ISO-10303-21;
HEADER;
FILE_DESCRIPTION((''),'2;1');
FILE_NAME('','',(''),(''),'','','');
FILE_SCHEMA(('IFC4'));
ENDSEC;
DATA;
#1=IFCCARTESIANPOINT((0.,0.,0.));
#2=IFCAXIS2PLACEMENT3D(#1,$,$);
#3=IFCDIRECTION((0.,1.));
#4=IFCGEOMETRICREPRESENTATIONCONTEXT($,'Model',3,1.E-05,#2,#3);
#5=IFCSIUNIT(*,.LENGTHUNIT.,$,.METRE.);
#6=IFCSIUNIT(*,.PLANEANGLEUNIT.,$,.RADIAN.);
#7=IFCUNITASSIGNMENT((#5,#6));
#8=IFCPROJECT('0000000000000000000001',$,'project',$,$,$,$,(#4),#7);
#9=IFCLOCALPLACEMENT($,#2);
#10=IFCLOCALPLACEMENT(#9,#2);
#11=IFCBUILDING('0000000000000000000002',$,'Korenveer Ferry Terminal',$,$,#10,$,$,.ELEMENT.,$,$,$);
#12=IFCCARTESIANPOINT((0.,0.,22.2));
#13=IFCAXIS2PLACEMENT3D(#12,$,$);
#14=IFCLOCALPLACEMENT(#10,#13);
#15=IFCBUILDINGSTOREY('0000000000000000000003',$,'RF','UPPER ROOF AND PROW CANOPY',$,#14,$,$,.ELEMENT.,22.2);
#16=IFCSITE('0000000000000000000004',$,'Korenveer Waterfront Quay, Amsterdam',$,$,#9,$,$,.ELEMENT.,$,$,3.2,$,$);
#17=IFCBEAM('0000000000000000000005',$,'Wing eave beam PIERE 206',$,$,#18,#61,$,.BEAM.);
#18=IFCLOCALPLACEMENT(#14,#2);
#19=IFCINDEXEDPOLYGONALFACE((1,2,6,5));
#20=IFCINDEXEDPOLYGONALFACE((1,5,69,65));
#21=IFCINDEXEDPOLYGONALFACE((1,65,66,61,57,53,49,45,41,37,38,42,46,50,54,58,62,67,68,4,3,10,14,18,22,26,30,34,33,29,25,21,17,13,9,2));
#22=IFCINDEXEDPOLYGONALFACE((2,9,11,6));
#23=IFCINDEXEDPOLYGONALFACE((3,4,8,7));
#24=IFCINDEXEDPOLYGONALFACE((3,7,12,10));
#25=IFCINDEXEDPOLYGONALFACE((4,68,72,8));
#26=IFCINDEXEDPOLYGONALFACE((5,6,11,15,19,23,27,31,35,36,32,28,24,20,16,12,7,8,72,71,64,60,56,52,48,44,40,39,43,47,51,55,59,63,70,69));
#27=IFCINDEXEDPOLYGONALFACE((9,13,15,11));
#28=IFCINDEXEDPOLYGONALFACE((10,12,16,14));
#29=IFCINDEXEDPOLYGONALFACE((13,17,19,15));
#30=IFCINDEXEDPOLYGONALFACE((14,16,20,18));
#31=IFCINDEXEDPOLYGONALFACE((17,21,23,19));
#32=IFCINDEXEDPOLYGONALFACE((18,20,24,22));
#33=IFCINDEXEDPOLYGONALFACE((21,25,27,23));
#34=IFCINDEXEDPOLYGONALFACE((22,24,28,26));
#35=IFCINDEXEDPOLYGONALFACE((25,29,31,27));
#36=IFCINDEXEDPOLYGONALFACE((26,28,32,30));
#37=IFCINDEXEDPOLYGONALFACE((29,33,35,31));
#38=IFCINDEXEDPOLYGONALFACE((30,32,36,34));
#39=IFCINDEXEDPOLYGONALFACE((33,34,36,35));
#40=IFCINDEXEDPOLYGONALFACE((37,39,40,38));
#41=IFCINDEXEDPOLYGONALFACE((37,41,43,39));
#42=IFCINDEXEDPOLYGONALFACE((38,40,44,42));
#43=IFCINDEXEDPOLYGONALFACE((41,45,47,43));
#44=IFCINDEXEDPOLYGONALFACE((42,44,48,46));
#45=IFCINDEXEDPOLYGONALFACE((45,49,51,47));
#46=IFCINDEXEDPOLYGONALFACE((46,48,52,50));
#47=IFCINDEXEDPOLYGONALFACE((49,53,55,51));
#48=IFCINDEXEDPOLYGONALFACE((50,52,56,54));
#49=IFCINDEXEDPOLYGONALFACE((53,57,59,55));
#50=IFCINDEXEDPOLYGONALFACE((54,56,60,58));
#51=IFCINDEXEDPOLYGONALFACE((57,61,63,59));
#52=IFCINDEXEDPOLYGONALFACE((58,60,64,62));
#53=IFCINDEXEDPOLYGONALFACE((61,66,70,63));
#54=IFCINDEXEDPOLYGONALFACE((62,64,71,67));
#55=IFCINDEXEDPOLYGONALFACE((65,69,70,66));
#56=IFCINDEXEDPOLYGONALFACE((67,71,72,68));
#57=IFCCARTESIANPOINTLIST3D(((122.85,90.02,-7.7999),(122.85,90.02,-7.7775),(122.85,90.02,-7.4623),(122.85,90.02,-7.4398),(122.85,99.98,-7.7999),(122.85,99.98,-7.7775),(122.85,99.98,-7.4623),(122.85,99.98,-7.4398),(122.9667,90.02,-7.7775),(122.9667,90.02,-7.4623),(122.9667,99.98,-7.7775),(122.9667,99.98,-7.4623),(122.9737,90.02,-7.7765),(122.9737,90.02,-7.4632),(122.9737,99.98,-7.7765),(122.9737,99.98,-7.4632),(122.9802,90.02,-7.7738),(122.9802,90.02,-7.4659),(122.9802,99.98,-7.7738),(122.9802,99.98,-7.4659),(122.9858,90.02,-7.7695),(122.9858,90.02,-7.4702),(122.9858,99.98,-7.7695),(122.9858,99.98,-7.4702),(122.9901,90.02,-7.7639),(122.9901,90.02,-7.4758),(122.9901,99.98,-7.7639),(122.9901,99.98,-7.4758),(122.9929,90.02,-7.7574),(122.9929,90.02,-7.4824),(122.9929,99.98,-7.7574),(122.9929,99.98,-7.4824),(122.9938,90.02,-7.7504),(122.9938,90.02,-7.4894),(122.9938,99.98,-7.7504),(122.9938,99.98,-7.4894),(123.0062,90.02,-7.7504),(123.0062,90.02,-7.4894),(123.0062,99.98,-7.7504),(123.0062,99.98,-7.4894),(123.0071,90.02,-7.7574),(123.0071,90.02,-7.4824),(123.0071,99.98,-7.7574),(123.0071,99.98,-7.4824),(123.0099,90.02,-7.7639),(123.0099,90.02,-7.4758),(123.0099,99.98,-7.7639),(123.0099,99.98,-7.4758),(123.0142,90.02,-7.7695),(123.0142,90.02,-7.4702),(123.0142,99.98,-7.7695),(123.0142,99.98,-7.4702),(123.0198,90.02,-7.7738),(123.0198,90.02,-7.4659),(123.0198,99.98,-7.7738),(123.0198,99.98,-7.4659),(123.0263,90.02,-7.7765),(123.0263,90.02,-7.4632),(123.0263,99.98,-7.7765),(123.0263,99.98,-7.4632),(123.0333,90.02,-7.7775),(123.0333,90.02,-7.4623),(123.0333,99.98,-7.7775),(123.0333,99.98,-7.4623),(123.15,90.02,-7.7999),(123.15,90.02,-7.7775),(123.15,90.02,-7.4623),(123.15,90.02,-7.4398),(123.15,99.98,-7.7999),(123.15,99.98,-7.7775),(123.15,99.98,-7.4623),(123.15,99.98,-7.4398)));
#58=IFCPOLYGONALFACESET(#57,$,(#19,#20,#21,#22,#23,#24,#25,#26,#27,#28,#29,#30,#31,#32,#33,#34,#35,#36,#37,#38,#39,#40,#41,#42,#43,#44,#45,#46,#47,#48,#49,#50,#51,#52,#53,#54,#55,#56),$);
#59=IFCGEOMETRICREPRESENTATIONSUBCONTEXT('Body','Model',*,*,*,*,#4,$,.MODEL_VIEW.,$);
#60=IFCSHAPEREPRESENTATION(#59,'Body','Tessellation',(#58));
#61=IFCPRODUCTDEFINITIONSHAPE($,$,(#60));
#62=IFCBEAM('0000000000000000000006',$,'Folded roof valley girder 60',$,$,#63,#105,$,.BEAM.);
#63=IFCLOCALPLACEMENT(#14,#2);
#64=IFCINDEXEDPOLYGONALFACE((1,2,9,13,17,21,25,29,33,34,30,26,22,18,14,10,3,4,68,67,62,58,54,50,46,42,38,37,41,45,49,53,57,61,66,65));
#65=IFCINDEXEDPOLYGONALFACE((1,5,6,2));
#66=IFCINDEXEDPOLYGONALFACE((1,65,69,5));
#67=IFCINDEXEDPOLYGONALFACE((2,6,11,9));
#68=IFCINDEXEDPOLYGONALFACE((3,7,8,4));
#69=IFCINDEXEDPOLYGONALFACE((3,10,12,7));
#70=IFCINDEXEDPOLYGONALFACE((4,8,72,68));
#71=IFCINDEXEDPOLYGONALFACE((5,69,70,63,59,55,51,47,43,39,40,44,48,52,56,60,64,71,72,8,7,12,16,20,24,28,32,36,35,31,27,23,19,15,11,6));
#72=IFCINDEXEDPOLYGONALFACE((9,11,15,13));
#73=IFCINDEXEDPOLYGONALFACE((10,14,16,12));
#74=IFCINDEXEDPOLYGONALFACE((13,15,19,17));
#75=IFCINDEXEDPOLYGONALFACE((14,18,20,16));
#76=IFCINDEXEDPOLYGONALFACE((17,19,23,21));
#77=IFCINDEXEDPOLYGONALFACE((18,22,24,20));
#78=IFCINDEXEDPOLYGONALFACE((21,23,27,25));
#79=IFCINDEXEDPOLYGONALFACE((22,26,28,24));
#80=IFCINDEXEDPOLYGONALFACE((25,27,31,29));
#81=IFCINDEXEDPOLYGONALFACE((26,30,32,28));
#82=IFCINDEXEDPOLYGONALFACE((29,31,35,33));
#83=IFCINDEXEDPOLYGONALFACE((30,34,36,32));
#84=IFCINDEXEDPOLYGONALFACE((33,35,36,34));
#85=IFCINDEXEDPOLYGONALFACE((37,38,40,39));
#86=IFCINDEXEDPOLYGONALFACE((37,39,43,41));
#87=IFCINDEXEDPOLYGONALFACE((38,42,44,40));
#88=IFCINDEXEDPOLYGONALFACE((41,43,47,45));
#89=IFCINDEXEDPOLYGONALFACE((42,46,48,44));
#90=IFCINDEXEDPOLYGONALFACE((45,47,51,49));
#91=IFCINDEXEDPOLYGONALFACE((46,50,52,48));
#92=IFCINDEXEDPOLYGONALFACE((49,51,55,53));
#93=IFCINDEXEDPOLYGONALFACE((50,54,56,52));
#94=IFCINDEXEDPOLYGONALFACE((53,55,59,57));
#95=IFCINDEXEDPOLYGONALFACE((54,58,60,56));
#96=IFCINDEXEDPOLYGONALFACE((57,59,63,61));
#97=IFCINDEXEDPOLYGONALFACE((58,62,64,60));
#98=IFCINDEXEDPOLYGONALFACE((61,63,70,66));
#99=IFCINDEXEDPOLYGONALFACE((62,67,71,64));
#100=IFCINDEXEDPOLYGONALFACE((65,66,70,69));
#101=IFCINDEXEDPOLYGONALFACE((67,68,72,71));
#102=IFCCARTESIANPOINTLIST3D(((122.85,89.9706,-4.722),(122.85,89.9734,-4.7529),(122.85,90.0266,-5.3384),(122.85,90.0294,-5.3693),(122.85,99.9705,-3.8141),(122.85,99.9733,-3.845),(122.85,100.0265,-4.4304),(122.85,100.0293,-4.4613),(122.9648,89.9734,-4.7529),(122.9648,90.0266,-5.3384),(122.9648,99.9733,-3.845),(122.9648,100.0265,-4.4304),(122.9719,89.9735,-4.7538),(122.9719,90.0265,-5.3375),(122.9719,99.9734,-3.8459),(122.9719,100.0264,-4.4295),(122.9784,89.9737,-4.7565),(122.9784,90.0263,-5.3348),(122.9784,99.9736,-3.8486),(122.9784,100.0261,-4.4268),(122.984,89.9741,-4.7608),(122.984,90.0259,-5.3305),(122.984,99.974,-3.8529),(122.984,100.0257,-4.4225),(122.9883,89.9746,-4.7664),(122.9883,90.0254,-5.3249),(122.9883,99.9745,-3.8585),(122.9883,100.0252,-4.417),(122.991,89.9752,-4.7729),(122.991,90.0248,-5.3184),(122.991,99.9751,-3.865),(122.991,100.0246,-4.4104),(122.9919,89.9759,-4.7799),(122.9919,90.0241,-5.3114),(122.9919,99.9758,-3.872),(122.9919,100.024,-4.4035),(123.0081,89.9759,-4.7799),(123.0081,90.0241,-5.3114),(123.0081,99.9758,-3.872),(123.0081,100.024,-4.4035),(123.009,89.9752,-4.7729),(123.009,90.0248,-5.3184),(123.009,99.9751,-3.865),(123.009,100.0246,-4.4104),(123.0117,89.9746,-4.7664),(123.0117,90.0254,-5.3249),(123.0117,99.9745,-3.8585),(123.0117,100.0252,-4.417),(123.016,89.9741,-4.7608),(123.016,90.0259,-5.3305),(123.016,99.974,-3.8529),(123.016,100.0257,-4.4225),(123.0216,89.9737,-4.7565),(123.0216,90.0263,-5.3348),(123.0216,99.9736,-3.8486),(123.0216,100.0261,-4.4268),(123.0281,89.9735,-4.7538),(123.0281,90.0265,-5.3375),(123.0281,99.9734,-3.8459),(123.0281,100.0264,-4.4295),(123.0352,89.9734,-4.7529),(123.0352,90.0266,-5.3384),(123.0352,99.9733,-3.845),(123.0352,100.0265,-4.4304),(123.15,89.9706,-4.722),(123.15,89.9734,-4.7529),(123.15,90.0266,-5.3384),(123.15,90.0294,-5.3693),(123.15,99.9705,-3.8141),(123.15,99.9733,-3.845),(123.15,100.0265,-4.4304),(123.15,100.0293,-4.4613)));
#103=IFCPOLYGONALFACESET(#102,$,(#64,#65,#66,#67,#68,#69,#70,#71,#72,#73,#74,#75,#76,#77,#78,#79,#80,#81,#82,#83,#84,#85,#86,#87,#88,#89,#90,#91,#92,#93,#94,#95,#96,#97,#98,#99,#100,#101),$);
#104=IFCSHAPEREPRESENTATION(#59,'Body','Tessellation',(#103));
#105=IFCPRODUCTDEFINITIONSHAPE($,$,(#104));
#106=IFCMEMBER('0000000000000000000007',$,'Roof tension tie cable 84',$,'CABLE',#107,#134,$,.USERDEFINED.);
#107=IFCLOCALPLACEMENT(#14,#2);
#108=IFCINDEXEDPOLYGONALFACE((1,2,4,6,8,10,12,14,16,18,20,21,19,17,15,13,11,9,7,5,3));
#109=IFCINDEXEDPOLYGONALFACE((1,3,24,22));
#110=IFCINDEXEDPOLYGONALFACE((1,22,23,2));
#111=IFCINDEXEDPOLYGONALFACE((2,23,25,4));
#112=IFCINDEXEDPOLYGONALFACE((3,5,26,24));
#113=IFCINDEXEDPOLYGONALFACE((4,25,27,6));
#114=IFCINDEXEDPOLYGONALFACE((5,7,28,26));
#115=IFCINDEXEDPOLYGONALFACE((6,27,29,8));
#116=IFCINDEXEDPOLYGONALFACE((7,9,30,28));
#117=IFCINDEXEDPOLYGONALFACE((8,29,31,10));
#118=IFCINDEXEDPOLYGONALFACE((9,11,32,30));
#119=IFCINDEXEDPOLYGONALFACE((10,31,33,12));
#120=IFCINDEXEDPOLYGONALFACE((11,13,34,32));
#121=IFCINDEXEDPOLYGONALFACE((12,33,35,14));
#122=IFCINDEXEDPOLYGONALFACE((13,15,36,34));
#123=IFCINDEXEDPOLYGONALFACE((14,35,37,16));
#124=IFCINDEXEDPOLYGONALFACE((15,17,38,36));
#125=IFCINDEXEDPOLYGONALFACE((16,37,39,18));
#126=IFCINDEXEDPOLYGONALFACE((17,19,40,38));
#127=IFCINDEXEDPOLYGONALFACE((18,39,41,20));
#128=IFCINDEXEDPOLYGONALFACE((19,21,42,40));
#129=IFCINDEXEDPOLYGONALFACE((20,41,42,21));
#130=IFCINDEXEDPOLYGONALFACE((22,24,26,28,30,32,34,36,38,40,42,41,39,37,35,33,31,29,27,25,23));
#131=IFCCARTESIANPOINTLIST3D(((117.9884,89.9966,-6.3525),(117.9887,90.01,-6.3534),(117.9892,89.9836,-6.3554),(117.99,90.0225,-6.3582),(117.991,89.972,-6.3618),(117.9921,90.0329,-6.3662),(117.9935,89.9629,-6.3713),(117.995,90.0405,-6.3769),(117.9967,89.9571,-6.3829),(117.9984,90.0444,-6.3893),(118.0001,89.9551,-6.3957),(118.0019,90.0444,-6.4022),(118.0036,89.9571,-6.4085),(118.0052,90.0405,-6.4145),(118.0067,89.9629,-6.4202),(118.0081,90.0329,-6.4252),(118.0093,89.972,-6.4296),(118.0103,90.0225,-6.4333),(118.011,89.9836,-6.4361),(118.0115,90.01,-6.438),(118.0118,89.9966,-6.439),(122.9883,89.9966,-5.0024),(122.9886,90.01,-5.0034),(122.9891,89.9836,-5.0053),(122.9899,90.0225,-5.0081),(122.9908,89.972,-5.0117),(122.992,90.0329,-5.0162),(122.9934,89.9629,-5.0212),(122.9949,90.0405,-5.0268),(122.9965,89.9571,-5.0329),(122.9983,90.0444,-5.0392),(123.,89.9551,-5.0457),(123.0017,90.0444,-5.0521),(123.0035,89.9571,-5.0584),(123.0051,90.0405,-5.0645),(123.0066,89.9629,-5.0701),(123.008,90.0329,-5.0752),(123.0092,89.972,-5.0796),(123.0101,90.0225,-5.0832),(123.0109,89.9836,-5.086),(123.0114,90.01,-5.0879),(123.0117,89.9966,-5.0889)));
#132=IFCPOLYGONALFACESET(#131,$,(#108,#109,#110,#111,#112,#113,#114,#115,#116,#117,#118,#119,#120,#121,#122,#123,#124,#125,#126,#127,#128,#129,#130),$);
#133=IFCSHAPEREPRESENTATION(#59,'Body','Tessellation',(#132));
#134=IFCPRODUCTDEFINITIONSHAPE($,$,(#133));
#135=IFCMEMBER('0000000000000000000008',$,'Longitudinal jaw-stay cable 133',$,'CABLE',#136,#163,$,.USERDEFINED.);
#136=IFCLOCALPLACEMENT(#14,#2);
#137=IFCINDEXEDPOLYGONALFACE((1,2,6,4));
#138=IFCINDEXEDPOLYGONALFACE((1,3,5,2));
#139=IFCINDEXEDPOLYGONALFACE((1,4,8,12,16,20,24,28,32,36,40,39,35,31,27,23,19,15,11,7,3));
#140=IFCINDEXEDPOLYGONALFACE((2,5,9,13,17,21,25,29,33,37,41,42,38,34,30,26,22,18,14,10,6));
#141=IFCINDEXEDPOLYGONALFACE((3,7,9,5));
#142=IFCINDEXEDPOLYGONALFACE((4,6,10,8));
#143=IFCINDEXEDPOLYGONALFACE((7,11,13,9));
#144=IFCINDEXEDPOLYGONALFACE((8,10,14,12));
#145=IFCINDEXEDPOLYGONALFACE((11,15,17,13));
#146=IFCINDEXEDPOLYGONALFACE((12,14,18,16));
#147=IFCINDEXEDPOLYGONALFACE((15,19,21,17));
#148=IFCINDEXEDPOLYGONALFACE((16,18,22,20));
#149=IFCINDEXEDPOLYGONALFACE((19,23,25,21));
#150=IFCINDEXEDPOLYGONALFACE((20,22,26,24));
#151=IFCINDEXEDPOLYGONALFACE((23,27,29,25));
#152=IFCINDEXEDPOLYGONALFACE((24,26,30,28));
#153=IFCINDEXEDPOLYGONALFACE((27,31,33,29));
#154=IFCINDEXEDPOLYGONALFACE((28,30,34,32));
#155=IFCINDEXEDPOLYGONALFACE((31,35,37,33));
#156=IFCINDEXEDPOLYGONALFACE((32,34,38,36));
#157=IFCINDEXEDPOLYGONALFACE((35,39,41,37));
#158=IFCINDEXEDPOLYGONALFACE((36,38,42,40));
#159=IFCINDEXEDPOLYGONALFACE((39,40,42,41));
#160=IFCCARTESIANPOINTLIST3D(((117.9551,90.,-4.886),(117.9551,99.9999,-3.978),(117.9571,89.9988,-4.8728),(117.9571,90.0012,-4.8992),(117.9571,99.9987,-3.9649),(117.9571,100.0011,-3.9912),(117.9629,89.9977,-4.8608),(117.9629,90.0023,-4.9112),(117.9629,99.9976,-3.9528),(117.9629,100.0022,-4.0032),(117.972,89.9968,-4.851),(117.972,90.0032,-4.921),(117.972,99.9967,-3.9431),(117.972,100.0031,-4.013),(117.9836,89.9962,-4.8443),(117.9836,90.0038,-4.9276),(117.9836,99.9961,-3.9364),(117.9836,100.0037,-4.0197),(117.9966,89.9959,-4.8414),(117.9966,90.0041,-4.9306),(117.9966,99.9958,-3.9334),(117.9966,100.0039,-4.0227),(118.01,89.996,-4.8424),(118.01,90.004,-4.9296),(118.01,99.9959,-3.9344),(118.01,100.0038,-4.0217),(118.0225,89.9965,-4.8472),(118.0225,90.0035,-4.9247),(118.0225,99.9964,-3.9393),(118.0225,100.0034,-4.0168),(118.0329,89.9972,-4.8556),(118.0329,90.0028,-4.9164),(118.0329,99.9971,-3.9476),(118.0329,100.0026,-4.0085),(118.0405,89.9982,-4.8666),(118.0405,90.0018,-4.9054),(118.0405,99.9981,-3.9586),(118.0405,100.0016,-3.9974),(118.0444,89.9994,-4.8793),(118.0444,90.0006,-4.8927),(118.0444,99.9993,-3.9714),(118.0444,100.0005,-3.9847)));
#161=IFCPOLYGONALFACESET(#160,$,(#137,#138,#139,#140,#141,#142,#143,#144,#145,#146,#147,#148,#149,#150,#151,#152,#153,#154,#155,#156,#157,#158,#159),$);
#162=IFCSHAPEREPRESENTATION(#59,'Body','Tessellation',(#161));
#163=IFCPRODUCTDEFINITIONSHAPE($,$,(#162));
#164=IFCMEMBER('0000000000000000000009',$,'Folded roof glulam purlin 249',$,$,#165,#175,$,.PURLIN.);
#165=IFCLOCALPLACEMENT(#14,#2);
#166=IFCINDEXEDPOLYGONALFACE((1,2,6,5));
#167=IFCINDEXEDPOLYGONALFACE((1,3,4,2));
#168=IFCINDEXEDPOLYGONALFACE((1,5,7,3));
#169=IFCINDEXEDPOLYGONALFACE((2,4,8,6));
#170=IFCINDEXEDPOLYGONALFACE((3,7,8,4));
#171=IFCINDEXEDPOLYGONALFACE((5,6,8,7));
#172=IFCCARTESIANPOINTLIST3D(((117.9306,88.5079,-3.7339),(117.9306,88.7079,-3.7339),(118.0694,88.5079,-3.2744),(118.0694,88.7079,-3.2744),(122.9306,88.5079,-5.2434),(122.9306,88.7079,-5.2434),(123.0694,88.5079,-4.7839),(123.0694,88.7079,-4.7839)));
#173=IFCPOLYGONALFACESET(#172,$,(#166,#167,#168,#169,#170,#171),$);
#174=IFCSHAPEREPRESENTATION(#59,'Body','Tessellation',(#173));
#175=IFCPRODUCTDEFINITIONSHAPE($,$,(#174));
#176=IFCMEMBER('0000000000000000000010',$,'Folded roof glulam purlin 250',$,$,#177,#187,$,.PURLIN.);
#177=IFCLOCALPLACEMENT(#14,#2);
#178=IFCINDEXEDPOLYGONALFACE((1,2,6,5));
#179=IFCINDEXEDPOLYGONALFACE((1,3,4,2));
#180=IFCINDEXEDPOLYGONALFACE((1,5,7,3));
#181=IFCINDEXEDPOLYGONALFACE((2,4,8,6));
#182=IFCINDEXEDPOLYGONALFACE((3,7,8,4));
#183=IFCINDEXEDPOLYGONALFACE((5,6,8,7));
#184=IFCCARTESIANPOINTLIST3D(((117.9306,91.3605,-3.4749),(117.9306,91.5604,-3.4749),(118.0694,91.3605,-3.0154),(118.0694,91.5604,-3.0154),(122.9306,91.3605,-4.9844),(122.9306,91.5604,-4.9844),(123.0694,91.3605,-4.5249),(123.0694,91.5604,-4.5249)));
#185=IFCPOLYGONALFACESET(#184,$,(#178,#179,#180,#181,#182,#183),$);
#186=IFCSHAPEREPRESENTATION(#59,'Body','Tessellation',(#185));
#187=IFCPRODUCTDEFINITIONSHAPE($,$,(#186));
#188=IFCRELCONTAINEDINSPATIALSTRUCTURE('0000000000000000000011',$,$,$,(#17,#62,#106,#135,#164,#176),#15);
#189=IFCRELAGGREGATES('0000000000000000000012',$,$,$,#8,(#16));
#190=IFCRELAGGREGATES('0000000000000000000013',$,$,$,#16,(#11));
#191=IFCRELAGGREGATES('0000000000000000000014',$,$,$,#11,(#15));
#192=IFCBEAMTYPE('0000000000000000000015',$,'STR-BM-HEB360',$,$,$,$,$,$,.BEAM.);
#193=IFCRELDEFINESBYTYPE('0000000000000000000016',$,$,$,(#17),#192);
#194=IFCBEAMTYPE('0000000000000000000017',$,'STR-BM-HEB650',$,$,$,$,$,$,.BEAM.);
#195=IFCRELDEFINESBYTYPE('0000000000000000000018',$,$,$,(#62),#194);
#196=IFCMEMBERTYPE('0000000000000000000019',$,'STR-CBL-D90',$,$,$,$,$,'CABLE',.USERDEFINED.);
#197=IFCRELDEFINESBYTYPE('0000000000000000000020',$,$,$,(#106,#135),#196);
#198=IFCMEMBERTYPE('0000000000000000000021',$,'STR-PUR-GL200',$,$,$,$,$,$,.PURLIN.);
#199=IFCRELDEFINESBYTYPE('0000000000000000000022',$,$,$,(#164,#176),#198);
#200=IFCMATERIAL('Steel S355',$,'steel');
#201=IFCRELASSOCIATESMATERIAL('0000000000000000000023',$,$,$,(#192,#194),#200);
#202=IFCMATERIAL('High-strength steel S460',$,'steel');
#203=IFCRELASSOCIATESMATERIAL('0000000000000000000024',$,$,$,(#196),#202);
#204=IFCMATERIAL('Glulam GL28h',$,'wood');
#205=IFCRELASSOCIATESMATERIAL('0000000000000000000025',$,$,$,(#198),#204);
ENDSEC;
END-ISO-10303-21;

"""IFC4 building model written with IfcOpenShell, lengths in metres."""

from ifc_helpers import new_model, si_unit, direction, frame, origin, origin_2d, place, context, subcontext, project, spatial, rectangle, circle, i_section, extrude, material, material_profile, profile_set, type_object, element, save


model = new_model("IFC4")

# Units and contexts
model_context = context("Model", 3, precision=1e-05, world=origin(), true_north=direction((0.0, 1.0)))
body_context = subcontext(model_context, "Body", "Model", "MODEL_VIEW")
ifc_project = project(units=[si_unit("LENGTHUNIT", "METRE"), si_unit("PLANEANGLEUNIT", "RADIAN")], contexts=[model_context])

# Site, building, storey
site_placement = place(None, origin())
site = spatial("IfcSite", under=ifc_project, at=site_placement, Name="Korenveer Waterfront Quay, Amsterdam", CompositionType="ELEMENT", RefElevation=3.2)
building_placement = place(site_placement, origin())
building = spatial("IfcBuilding", under=site, at=building_placement, Name="Korenveer Ferry Terminal", CompositionType="ELEMENT")
storey_placement = place(building_placement, frame((0.0, 0.0, 22.2)))
storey = spatial("IfcBuildingStorey", under=building, at=storey_placement, Name="RF", Description="UPPER ROOF AND PROW CANOPY", CompositionType="ELEMENT", Elevation=22.2)

# Beams
ifc_material_1 = material(Name="Steel S355", Category="steel")
ifc_material_profile_1 = material_profile(ifc_material_1, i_section(OverallWidth=0.3, OverallDepth=0.3601, WebThickness=0.0125, FlangeThickness=0.0225, FilletRadius=0.0271, at=origin_2d()), Name="HEB 360")
ifc_profile_set_1 = profile_set([ifc_material_profile_1], Name="Steel S355")
beam_type_1 = type_object("IfcBeamType", Name="STR-BM-HEB360", PredefinedType="BEAM", material=ifc_profile_set_1)
beam_1_placement = place(storey_placement, frame((123.0, 90.02, -7.6199), z_axis=(0.0, 1.0, 0.0), x_axis=(-1.0, 0.0, 0.0)))
element("IfcBeam", 1, at=beam_1_placement, inside=storey, type_object=beam_type_1, Name="Wing eave beam PIERE 206", PredefinedType="BEAM", context=body_context, shape_type="SweptSolid", body=[
    extrude(i_section(OverallWidth=0.3, OverallDepth=0.3601, WebThickness=0.0125, FlangeThickness=0.0225, FilletRadius=0.0271, at=origin_2d()), origin(), (0.0, 0.0, 1.0), 9.96),
])
ifc_material_profile_2 = material_profile(ifc_material_1, i_section(OverallWidth=0.3, OverallDepth=0.6499, WebThickness=0.0161, FlangeThickness=0.031, FilletRadius=0.0271, at=origin_2d()), Name="HEB 650")
ifc_profile_set_2 = profile_set([ifc_material_profile_2], Name="Steel S355")
beam_type_2 = type_object("IfcBeamType", Name="STR-BM-HEB650", PredefinedType="BEAM", material=ifc_profile_set_2)
beam_2_placement = place(storey_placement, frame((123.0, 90.0, -5.0457), z_axis=(0.0, 0.995903, 0.090424), x_axis=(-1.0, 0.0, 0.0)))
element("IfcBeam", 2, at=beam_2_placement, inside=storey, type_object=beam_type_2, Name="Folded roof valley girder 60", PredefinedType="BEAM", context=body_context, shape_type="SweptSolid", body=[
    extrude(i_section(OverallWidth=0.3, OverallDepth=0.6499, WebThickness=0.0161, FlangeThickness=0.031, FilletRadius=0.0271, at=origin_2d()), origin(), (0.0, 0.0, 1.0), 10.041),
])

# Members
ifc_material_2 = material(Name="High-strength steel S460", Category="steel")
ifc_material_profile_3 = material_profile(ifc_material_2, circle(Radius=0.0449, at=origin_2d()), Name="ROD D90")
ifc_profile_set_3 = profile_set([ifc_material_profile_3], Name="High-strength steel S460")
member_type_1 = type_object("IfcMemberType", Name="STR-CBL-D90", ElementType="CABLE", PredefinedType="USERDEFINED", material=ifc_profile_set_3)
member_1_placement = place(storey_placement, frame((123.0, 90.0, -5.0457), z_axis=(-0.965424, 0.0, -0.260683), x_axis=(0.0, -1.0, 0.0)))
element("IfcMember", 3, at=member_1_placement, inside=storey, type_object=member_type_1, Name="Roof tension tie cable 84", ObjectType="CABLE", PredefinedType="USERDEFINED", context=body_context, shape_type="SweptSolid", body=[
    extrude(circle(Radius=0.0449, at=origin_2d()), origin(), (0.0, 0.0, 1.0), 5.179),
])
member_2_placement = place(storey_placement, frame((118.0, 90.0, -4.886), z_axis=(0.0, 0.995903, 0.090424), x_axis=(-1.0, 0.0, 0.0)))
element("IfcMember", 4, at=member_2_placement, inside=storey, type_object=member_type_1, Name="Longitudinal jaw-stay cable 133", ObjectType="CABLE", PredefinedType="USERDEFINED", context=body_context, shape_type="SweptSolid", body=[
    extrude(circle(Radius=0.0449, at=origin_2d()), origin(), (0.0, 0.0, 1.0), 10.041),
])
ifc_material_3 = material(Name="Glulam GL28h", Category="wood")
ifc_material_profile_4 = material_profile(ifc_material_3, rectangle(XDim=0.2, YDim=0.48, at=origin_2d()), Name="GL 200x480")
ifc_profile_set_4 = profile_set([ifc_material_profile_4], Name="Glulam GL28h")
member_type_2 = type_object("IfcMemberType", Name="STR-PUR-GL200", PredefinedType="PURLIN", material=ifc_profile_set_4)
for number, where, z_axis, x_axis, name in (
    (5, (118.0, 88.6079, -3.5042), (0.957323, 0.0, -0.28902), (0.0, 1.0, 0.0), "Folded roof glulam purlin 249"),
    (6, (118.0, 91.4604, -3.2451), (0.957323, 0.0, -0.28902), (0.0, 1.0, 0.0), "Folded roof glulam purlin 250"),
):
    element("IfcMember", number, at=place(storey_placement, frame(where, z_axis=z_axis, x_axis=x_axis)), inside=storey, type_object=member_type_2, Name=name, PredefinedType="PURLIN", context=body_context, shape_type="SweptSolid", body=[
        extrude(rectangle(XDim=0.2, YDim=0.48, at=origin_2d()), origin(), (0.0, 0.0, 1.0), 5.2229),
    ])

save(model, "model.ifc")
